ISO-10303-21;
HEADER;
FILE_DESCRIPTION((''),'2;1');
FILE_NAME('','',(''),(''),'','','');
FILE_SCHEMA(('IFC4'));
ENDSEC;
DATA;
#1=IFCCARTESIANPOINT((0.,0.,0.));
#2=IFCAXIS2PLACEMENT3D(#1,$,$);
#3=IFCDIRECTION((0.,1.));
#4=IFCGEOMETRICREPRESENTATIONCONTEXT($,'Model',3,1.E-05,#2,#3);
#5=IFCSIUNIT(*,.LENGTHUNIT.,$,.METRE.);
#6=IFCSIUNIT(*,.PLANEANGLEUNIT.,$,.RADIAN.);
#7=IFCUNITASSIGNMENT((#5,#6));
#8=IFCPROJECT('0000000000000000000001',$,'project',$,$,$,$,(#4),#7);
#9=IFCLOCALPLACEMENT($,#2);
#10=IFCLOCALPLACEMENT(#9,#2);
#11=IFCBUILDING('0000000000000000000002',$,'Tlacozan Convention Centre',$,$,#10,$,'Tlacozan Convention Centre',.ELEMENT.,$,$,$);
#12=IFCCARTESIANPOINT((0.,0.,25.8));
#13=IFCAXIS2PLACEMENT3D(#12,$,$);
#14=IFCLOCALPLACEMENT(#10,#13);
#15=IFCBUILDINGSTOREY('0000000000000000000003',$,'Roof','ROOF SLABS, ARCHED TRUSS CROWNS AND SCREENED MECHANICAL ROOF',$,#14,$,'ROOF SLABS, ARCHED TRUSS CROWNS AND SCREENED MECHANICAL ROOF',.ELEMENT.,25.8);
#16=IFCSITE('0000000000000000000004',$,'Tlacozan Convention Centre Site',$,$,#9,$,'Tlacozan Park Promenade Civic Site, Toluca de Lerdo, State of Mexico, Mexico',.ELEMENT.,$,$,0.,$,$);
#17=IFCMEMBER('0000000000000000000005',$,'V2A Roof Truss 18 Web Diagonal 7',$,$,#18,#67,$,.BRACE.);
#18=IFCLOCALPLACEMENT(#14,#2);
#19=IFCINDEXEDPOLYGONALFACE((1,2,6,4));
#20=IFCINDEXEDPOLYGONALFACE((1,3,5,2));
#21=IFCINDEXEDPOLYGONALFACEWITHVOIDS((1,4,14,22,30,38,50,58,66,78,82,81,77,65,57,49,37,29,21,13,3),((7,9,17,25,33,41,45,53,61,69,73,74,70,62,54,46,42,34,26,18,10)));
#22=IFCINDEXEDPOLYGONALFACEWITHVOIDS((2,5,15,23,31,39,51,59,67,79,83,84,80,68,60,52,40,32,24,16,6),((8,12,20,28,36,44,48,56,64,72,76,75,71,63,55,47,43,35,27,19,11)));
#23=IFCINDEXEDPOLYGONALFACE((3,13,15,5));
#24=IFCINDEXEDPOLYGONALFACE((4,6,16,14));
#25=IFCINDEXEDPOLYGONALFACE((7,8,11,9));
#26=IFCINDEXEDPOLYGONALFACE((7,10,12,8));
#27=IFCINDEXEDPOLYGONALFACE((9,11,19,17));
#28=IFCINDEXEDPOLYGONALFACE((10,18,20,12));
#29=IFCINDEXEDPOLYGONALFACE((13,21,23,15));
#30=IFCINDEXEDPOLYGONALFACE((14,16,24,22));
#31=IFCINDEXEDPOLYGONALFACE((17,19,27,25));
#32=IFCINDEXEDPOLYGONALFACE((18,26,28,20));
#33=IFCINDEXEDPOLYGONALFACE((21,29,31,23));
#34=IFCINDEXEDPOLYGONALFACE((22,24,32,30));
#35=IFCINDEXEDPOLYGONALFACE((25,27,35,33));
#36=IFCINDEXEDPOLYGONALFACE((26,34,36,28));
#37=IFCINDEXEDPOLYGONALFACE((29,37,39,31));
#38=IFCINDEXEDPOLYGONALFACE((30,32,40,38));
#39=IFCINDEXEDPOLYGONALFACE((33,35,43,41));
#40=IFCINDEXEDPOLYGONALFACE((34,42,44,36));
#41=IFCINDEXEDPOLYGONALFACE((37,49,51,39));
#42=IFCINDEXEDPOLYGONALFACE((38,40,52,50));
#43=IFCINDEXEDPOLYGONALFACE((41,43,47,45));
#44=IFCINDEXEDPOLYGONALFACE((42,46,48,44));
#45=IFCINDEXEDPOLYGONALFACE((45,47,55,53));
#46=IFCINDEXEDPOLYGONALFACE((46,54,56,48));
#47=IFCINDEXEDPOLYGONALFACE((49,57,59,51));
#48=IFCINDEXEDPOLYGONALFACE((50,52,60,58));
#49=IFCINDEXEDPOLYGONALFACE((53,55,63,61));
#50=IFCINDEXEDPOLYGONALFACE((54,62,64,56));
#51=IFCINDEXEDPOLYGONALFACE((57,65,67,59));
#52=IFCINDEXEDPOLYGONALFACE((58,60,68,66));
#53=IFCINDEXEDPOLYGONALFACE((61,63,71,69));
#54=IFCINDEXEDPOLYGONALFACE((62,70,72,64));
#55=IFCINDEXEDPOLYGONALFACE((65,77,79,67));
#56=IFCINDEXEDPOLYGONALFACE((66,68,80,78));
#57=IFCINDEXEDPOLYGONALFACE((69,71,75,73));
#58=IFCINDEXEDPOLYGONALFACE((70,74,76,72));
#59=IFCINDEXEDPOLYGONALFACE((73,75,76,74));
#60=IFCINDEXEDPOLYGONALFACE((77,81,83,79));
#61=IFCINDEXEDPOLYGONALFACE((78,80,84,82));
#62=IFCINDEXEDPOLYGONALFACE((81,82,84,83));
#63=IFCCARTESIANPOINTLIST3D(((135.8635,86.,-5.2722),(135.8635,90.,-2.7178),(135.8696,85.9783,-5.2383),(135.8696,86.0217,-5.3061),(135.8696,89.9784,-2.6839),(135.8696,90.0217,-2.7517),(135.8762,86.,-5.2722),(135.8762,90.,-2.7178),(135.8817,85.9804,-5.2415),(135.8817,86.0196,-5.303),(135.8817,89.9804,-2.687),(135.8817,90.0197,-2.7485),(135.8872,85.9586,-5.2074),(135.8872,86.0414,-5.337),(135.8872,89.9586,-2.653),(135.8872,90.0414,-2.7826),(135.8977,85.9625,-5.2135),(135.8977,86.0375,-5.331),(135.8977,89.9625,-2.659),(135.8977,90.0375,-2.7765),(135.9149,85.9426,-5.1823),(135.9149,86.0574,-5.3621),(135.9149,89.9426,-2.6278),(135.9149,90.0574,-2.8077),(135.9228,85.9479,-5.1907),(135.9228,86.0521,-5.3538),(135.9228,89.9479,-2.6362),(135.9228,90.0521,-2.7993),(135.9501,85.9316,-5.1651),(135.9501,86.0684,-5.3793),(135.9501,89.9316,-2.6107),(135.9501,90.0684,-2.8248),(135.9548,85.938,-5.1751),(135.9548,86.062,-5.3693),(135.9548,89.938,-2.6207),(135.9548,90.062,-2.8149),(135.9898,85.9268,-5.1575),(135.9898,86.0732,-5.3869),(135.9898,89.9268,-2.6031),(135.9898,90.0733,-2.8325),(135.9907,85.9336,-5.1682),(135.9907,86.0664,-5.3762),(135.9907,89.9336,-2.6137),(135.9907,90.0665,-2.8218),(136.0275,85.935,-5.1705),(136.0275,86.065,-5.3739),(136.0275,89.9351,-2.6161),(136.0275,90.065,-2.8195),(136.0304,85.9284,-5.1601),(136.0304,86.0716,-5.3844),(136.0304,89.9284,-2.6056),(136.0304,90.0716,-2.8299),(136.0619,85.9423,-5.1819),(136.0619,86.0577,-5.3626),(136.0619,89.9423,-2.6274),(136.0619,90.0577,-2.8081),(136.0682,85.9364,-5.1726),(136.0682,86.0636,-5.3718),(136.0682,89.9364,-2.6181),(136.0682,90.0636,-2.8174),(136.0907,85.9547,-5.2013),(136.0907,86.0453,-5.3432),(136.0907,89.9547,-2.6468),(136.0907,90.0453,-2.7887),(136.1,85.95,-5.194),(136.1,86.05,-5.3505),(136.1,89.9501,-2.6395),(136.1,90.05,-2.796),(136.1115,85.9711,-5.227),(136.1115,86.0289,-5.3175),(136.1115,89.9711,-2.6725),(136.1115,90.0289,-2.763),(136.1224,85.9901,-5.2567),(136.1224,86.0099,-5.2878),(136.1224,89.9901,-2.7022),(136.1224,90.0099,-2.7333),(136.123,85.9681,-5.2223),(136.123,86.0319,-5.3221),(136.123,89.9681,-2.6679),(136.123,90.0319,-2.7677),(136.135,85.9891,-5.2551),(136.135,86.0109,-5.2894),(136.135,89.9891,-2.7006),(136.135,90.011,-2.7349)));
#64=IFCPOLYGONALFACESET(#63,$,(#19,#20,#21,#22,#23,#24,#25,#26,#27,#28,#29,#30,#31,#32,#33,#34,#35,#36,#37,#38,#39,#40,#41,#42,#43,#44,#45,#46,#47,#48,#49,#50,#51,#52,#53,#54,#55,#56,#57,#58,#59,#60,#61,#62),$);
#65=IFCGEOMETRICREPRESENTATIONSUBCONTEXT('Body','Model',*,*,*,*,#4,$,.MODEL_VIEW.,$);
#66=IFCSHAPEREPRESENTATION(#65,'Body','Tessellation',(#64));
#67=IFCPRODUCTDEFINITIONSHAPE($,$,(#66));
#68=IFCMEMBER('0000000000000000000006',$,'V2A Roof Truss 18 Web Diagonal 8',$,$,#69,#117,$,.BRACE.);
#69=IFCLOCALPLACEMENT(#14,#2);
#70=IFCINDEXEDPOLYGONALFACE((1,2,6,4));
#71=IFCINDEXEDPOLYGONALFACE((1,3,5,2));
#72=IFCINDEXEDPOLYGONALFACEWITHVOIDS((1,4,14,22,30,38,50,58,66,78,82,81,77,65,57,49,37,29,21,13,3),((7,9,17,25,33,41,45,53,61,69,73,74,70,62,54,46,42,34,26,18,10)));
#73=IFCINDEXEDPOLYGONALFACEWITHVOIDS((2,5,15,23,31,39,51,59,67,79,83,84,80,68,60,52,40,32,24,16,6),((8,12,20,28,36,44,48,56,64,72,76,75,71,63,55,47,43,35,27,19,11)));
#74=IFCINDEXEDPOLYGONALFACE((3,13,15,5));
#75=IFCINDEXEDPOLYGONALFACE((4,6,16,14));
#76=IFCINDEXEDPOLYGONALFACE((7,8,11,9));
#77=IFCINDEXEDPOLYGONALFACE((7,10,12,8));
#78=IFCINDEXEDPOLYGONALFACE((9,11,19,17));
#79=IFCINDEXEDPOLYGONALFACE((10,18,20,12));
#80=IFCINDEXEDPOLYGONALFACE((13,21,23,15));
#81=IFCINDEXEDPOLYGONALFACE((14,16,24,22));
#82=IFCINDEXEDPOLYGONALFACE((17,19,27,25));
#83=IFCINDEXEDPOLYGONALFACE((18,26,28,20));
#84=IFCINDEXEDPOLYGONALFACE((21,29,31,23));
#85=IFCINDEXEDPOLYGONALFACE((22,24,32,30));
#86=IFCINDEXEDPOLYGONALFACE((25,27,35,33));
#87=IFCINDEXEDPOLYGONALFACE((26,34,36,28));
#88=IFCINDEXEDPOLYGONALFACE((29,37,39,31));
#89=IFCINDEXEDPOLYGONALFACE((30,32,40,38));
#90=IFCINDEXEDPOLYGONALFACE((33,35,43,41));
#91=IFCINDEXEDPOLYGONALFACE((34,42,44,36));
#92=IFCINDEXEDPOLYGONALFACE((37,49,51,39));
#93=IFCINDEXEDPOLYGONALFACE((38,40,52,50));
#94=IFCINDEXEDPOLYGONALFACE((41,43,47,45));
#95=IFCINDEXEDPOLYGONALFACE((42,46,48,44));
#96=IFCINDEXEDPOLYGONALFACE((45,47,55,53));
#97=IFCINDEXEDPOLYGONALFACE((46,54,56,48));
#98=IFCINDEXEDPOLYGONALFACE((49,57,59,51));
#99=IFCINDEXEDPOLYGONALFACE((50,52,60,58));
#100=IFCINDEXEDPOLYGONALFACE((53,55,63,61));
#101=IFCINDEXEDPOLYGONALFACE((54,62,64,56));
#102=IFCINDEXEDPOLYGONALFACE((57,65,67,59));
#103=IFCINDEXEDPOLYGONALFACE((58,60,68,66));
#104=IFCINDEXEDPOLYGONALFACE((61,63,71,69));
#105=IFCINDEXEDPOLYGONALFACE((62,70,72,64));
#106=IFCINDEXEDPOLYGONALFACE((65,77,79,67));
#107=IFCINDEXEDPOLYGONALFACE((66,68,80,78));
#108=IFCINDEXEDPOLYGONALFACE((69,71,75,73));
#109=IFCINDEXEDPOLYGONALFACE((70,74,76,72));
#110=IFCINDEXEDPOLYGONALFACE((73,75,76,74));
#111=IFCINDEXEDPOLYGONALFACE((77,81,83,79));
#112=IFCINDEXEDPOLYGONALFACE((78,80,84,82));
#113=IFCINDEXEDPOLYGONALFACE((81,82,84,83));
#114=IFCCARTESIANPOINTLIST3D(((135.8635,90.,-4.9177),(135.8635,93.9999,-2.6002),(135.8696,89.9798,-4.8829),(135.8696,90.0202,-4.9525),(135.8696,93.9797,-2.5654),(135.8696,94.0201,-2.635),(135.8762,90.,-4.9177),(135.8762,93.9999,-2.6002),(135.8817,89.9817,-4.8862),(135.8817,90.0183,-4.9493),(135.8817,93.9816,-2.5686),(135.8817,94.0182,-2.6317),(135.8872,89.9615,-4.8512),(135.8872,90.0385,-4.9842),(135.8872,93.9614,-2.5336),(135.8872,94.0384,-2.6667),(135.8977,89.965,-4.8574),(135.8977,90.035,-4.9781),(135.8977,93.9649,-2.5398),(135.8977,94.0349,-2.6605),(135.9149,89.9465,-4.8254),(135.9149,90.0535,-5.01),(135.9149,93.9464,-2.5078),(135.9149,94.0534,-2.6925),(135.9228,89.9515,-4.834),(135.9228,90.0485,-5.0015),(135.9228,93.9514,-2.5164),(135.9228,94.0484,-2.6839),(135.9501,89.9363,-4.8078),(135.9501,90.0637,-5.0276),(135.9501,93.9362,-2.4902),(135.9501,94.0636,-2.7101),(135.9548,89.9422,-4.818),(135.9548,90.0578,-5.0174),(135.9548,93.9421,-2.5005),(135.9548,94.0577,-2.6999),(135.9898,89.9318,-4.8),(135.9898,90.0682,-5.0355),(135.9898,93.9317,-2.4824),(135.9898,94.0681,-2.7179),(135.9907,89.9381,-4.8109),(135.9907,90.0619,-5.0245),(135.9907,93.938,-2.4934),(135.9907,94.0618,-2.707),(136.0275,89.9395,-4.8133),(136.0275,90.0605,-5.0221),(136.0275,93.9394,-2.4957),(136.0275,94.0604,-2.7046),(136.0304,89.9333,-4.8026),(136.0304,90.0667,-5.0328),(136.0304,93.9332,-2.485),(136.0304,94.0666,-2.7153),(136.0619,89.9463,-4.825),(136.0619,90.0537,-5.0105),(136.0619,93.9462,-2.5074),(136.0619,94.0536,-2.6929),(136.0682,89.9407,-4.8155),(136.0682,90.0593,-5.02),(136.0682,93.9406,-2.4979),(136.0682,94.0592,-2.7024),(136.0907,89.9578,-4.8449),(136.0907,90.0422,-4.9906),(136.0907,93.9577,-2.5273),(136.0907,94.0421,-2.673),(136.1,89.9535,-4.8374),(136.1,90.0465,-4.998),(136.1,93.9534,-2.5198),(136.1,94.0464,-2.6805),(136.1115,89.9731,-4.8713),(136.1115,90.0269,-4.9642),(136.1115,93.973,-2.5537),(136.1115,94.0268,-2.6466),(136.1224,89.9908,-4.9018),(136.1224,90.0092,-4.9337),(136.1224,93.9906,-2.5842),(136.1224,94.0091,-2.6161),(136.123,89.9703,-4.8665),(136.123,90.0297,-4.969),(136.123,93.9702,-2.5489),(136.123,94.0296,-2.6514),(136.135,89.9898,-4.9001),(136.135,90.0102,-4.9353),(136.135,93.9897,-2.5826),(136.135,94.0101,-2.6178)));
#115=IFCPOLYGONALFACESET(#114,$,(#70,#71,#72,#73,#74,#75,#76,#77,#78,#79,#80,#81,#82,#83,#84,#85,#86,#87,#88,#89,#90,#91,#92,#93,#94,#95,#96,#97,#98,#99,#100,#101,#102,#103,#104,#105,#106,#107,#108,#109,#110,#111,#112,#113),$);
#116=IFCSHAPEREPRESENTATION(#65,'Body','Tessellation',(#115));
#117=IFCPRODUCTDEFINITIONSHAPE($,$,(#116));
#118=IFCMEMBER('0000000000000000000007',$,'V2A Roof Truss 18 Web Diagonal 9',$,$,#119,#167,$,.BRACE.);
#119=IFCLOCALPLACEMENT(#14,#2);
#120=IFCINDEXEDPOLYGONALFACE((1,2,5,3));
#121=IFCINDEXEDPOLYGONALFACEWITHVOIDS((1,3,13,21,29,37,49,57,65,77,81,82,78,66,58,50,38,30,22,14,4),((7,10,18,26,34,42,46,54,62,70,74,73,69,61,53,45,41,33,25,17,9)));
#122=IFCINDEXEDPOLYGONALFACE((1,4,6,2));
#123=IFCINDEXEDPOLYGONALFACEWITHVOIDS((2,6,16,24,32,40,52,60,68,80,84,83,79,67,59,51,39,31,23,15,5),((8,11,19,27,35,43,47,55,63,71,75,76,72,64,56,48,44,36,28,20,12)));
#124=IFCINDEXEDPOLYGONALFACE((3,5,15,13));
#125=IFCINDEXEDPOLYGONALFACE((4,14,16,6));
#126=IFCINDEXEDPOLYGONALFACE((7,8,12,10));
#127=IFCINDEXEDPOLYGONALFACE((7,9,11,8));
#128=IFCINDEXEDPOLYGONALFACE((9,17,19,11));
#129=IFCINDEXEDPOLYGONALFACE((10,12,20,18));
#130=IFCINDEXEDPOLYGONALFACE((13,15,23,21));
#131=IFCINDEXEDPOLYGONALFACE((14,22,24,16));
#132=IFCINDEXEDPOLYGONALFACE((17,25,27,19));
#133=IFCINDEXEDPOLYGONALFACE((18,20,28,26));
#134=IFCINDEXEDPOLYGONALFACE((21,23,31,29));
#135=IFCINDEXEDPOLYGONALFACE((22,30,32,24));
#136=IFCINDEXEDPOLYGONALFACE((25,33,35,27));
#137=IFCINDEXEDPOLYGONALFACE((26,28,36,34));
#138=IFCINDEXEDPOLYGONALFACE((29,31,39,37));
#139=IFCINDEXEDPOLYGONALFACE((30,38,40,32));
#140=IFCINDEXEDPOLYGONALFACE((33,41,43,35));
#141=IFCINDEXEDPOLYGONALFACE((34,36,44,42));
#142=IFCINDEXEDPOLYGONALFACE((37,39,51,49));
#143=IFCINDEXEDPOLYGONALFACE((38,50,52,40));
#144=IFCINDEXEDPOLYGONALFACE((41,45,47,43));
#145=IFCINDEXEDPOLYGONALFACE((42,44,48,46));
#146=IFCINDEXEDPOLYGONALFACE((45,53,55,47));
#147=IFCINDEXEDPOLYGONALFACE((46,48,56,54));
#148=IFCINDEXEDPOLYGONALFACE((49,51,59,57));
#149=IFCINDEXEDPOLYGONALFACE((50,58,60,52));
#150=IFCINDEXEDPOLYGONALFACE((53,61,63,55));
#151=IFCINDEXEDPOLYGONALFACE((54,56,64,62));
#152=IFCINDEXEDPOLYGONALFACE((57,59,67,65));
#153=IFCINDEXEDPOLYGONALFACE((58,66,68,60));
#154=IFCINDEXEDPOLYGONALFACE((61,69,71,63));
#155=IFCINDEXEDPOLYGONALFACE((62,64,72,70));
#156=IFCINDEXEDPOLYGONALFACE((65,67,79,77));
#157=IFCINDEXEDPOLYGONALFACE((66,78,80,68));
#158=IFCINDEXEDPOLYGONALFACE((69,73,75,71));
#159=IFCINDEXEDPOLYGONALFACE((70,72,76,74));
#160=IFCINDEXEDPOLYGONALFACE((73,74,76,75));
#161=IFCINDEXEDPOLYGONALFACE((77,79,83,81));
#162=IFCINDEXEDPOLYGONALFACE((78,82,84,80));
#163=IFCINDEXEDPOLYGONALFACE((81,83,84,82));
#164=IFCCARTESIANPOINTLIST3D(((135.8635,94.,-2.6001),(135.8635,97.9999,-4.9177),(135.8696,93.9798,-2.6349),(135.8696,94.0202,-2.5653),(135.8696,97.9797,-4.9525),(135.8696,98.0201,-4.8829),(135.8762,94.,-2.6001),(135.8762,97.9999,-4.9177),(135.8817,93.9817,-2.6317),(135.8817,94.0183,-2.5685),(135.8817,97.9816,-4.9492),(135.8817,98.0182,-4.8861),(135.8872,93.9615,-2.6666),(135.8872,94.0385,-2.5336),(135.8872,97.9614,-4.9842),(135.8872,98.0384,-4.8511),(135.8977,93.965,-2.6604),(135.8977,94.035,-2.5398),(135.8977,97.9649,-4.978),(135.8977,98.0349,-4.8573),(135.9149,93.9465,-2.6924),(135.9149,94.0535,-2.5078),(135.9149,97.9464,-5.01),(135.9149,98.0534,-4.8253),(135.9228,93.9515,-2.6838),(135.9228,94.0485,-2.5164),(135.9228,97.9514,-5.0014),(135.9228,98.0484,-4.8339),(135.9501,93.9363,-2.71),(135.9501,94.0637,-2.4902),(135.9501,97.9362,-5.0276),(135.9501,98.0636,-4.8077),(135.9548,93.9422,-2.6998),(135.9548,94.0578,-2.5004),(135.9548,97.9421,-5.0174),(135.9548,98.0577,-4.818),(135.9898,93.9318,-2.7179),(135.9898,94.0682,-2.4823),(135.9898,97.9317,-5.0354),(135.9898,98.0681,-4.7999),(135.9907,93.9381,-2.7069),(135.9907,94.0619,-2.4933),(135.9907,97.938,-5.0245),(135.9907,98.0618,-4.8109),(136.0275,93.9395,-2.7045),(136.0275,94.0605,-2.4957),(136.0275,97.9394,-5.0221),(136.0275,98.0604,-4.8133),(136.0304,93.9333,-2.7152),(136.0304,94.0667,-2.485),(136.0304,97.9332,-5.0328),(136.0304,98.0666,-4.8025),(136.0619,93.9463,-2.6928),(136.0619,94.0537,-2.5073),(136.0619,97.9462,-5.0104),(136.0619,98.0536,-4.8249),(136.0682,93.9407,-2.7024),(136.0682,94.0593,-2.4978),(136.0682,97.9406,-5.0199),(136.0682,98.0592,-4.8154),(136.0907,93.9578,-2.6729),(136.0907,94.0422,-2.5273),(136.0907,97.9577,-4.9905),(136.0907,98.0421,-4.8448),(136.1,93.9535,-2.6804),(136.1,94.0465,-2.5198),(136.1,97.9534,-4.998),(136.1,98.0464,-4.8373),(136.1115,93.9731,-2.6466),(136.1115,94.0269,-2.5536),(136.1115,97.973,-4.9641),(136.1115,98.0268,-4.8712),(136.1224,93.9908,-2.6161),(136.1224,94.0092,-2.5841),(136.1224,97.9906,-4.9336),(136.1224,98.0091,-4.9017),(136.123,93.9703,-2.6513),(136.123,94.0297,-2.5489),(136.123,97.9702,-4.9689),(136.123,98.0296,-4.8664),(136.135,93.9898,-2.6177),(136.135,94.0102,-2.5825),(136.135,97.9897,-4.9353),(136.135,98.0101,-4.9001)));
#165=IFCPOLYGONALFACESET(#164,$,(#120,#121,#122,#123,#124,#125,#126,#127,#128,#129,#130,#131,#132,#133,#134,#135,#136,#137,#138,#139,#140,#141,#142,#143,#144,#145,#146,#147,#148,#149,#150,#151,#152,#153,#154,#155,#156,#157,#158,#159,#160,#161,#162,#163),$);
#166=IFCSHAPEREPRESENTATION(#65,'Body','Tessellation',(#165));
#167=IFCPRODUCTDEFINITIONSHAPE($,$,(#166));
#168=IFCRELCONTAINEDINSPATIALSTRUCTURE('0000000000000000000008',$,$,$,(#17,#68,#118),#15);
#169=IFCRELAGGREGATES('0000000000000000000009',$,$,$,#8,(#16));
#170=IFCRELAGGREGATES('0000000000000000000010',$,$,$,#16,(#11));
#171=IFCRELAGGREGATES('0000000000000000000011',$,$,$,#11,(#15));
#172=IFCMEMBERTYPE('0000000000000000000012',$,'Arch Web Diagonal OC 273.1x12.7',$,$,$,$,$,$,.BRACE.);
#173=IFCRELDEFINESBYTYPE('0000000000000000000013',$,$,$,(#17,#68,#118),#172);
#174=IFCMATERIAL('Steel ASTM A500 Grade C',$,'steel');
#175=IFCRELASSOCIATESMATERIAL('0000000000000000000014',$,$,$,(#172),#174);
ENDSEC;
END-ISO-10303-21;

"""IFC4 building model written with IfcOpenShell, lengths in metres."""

from ifc_helpers import new_model, si_unit, direction, frame, origin, origin_2d, place, context, subcontext, project, spatial, hollow_circle, extrude, material, material_profile, profile_set, type_object, element, save


model = new_model("IFC4")

# Units and contexts
model_context = context("Model", 3, precision=1e-05, world=origin(), true_north=direction((0.0, 1.0)))
body_context = subcontext(model_context, "Body", "Model", "MODEL_VIEW")
ifc_project = project(units=[si_unit("LENGTHUNIT", "METRE"), si_unit("PLANEANGLEUNIT", "RADIAN")], contexts=[model_context])

# Site, building, storey
site_placement = place(None, origin())
site = spatial("IfcSite", under=ifc_project, at=site_placement, Name="Tlacozan Convention Centre Site", LongName="Tlacozan Park Promenade Civic Site, Toluca de Lerdo, State of Mexico, Mexico", CompositionType="ELEMENT", RefElevation=0.0)
building_placement = place(site_placement, origin())
building = spatial("IfcBuilding", under=site, at=building_placement, Name="Tlacozan Convention Centre", LongName="Tlacozan Convention Centre", CompositionType="ELEMENT")
storey_placement = place(building_placement, frame((0.0, 0.0, 25.8)))
storey = spatial("IfcBuildingStorey", under=building, at=storey_placement, Name="Roof", Description="ROOF SLABS, ARCHED TRUSS CROWNS AND SCREENED MECHANICAL ROOF", LongName="ROOF SLABS, ARCHED TRUSS CROWNS AND SCREENED MECHANICAL ROOF", CompositionType="ELEMENT", Elevation=25.8)

# Members
ifc_material_1 = material(Name="Steel ASTM A500 Grade C", Category="steel")
ifc_material_profile_1 = material_profile(ifc_material_1, hollow_circle(Radius=0.1365, WallThickness=0.0127, at=origin_2d()), Name="OC 273.1x12.7")
ifc_profile_set_1 = profile_set([ifc_material_profile_1], Name="Steel ASTM A500 Grade C")
member_type_1 = type_object("IfcMemberType", Name="Arch Web Diagonal OC 273.1x12.7", PredefinedType="BRACE", material=ifc_profile_set_1)
member_1_placement = place(storey_placement, frame((136.0, 86.0, -5.2722), z_axis=(0.0, 0.842803, 0.538223), x_axis=(-1.0, 0.0, 0.0)))
element("IfcMember", 1, at=member_1_placement, inside=storey, type_object=member_type_1, Name="V2A Roof Truss 18 Web Diagonal 7", PredefinedType="BRACE", context=body_context, shape_type="SweptSolid", body=[
    extrude(hollow_circle(Radius=0.1365, WallThickness=0.0127, at=origin_2d()), origin(), (0.0, 0.0, 1.0), 4.7461),
])
for number, where, z_axis, x_axis, name in (
    (2, (136.0, 90.0, -4.9177), (0.0, 0.865254, 0.501334), (-1.0, 0.0, 0.0), "V2A Roof Truss 18 Web Diagonal 8"),
    (3, (136.0, 94.0, -2.6001), (0.0, 0.865254, -0.501334), (-1.0, 0.0, 0.0), "V2A Roof Truss 18 Web Diagonal 9"),
):
    element("IfcMember", number, at=place(storey_placement, frame(where, z_axis=z_axis, x_axis=x_axis)), inside=storey, type_object=member_type_1, Name=name, PredefinedType="BRACE", context=body_context, shape_type="SweptSolid", body=[
        extrude(hollow_circle(Radius=0.1365, WallThickness=0.0127, at=origin_2d()), origin(), (0.0, 0.0, 1.0), 4.6228),
    ])

save(model, "model.ifc")
